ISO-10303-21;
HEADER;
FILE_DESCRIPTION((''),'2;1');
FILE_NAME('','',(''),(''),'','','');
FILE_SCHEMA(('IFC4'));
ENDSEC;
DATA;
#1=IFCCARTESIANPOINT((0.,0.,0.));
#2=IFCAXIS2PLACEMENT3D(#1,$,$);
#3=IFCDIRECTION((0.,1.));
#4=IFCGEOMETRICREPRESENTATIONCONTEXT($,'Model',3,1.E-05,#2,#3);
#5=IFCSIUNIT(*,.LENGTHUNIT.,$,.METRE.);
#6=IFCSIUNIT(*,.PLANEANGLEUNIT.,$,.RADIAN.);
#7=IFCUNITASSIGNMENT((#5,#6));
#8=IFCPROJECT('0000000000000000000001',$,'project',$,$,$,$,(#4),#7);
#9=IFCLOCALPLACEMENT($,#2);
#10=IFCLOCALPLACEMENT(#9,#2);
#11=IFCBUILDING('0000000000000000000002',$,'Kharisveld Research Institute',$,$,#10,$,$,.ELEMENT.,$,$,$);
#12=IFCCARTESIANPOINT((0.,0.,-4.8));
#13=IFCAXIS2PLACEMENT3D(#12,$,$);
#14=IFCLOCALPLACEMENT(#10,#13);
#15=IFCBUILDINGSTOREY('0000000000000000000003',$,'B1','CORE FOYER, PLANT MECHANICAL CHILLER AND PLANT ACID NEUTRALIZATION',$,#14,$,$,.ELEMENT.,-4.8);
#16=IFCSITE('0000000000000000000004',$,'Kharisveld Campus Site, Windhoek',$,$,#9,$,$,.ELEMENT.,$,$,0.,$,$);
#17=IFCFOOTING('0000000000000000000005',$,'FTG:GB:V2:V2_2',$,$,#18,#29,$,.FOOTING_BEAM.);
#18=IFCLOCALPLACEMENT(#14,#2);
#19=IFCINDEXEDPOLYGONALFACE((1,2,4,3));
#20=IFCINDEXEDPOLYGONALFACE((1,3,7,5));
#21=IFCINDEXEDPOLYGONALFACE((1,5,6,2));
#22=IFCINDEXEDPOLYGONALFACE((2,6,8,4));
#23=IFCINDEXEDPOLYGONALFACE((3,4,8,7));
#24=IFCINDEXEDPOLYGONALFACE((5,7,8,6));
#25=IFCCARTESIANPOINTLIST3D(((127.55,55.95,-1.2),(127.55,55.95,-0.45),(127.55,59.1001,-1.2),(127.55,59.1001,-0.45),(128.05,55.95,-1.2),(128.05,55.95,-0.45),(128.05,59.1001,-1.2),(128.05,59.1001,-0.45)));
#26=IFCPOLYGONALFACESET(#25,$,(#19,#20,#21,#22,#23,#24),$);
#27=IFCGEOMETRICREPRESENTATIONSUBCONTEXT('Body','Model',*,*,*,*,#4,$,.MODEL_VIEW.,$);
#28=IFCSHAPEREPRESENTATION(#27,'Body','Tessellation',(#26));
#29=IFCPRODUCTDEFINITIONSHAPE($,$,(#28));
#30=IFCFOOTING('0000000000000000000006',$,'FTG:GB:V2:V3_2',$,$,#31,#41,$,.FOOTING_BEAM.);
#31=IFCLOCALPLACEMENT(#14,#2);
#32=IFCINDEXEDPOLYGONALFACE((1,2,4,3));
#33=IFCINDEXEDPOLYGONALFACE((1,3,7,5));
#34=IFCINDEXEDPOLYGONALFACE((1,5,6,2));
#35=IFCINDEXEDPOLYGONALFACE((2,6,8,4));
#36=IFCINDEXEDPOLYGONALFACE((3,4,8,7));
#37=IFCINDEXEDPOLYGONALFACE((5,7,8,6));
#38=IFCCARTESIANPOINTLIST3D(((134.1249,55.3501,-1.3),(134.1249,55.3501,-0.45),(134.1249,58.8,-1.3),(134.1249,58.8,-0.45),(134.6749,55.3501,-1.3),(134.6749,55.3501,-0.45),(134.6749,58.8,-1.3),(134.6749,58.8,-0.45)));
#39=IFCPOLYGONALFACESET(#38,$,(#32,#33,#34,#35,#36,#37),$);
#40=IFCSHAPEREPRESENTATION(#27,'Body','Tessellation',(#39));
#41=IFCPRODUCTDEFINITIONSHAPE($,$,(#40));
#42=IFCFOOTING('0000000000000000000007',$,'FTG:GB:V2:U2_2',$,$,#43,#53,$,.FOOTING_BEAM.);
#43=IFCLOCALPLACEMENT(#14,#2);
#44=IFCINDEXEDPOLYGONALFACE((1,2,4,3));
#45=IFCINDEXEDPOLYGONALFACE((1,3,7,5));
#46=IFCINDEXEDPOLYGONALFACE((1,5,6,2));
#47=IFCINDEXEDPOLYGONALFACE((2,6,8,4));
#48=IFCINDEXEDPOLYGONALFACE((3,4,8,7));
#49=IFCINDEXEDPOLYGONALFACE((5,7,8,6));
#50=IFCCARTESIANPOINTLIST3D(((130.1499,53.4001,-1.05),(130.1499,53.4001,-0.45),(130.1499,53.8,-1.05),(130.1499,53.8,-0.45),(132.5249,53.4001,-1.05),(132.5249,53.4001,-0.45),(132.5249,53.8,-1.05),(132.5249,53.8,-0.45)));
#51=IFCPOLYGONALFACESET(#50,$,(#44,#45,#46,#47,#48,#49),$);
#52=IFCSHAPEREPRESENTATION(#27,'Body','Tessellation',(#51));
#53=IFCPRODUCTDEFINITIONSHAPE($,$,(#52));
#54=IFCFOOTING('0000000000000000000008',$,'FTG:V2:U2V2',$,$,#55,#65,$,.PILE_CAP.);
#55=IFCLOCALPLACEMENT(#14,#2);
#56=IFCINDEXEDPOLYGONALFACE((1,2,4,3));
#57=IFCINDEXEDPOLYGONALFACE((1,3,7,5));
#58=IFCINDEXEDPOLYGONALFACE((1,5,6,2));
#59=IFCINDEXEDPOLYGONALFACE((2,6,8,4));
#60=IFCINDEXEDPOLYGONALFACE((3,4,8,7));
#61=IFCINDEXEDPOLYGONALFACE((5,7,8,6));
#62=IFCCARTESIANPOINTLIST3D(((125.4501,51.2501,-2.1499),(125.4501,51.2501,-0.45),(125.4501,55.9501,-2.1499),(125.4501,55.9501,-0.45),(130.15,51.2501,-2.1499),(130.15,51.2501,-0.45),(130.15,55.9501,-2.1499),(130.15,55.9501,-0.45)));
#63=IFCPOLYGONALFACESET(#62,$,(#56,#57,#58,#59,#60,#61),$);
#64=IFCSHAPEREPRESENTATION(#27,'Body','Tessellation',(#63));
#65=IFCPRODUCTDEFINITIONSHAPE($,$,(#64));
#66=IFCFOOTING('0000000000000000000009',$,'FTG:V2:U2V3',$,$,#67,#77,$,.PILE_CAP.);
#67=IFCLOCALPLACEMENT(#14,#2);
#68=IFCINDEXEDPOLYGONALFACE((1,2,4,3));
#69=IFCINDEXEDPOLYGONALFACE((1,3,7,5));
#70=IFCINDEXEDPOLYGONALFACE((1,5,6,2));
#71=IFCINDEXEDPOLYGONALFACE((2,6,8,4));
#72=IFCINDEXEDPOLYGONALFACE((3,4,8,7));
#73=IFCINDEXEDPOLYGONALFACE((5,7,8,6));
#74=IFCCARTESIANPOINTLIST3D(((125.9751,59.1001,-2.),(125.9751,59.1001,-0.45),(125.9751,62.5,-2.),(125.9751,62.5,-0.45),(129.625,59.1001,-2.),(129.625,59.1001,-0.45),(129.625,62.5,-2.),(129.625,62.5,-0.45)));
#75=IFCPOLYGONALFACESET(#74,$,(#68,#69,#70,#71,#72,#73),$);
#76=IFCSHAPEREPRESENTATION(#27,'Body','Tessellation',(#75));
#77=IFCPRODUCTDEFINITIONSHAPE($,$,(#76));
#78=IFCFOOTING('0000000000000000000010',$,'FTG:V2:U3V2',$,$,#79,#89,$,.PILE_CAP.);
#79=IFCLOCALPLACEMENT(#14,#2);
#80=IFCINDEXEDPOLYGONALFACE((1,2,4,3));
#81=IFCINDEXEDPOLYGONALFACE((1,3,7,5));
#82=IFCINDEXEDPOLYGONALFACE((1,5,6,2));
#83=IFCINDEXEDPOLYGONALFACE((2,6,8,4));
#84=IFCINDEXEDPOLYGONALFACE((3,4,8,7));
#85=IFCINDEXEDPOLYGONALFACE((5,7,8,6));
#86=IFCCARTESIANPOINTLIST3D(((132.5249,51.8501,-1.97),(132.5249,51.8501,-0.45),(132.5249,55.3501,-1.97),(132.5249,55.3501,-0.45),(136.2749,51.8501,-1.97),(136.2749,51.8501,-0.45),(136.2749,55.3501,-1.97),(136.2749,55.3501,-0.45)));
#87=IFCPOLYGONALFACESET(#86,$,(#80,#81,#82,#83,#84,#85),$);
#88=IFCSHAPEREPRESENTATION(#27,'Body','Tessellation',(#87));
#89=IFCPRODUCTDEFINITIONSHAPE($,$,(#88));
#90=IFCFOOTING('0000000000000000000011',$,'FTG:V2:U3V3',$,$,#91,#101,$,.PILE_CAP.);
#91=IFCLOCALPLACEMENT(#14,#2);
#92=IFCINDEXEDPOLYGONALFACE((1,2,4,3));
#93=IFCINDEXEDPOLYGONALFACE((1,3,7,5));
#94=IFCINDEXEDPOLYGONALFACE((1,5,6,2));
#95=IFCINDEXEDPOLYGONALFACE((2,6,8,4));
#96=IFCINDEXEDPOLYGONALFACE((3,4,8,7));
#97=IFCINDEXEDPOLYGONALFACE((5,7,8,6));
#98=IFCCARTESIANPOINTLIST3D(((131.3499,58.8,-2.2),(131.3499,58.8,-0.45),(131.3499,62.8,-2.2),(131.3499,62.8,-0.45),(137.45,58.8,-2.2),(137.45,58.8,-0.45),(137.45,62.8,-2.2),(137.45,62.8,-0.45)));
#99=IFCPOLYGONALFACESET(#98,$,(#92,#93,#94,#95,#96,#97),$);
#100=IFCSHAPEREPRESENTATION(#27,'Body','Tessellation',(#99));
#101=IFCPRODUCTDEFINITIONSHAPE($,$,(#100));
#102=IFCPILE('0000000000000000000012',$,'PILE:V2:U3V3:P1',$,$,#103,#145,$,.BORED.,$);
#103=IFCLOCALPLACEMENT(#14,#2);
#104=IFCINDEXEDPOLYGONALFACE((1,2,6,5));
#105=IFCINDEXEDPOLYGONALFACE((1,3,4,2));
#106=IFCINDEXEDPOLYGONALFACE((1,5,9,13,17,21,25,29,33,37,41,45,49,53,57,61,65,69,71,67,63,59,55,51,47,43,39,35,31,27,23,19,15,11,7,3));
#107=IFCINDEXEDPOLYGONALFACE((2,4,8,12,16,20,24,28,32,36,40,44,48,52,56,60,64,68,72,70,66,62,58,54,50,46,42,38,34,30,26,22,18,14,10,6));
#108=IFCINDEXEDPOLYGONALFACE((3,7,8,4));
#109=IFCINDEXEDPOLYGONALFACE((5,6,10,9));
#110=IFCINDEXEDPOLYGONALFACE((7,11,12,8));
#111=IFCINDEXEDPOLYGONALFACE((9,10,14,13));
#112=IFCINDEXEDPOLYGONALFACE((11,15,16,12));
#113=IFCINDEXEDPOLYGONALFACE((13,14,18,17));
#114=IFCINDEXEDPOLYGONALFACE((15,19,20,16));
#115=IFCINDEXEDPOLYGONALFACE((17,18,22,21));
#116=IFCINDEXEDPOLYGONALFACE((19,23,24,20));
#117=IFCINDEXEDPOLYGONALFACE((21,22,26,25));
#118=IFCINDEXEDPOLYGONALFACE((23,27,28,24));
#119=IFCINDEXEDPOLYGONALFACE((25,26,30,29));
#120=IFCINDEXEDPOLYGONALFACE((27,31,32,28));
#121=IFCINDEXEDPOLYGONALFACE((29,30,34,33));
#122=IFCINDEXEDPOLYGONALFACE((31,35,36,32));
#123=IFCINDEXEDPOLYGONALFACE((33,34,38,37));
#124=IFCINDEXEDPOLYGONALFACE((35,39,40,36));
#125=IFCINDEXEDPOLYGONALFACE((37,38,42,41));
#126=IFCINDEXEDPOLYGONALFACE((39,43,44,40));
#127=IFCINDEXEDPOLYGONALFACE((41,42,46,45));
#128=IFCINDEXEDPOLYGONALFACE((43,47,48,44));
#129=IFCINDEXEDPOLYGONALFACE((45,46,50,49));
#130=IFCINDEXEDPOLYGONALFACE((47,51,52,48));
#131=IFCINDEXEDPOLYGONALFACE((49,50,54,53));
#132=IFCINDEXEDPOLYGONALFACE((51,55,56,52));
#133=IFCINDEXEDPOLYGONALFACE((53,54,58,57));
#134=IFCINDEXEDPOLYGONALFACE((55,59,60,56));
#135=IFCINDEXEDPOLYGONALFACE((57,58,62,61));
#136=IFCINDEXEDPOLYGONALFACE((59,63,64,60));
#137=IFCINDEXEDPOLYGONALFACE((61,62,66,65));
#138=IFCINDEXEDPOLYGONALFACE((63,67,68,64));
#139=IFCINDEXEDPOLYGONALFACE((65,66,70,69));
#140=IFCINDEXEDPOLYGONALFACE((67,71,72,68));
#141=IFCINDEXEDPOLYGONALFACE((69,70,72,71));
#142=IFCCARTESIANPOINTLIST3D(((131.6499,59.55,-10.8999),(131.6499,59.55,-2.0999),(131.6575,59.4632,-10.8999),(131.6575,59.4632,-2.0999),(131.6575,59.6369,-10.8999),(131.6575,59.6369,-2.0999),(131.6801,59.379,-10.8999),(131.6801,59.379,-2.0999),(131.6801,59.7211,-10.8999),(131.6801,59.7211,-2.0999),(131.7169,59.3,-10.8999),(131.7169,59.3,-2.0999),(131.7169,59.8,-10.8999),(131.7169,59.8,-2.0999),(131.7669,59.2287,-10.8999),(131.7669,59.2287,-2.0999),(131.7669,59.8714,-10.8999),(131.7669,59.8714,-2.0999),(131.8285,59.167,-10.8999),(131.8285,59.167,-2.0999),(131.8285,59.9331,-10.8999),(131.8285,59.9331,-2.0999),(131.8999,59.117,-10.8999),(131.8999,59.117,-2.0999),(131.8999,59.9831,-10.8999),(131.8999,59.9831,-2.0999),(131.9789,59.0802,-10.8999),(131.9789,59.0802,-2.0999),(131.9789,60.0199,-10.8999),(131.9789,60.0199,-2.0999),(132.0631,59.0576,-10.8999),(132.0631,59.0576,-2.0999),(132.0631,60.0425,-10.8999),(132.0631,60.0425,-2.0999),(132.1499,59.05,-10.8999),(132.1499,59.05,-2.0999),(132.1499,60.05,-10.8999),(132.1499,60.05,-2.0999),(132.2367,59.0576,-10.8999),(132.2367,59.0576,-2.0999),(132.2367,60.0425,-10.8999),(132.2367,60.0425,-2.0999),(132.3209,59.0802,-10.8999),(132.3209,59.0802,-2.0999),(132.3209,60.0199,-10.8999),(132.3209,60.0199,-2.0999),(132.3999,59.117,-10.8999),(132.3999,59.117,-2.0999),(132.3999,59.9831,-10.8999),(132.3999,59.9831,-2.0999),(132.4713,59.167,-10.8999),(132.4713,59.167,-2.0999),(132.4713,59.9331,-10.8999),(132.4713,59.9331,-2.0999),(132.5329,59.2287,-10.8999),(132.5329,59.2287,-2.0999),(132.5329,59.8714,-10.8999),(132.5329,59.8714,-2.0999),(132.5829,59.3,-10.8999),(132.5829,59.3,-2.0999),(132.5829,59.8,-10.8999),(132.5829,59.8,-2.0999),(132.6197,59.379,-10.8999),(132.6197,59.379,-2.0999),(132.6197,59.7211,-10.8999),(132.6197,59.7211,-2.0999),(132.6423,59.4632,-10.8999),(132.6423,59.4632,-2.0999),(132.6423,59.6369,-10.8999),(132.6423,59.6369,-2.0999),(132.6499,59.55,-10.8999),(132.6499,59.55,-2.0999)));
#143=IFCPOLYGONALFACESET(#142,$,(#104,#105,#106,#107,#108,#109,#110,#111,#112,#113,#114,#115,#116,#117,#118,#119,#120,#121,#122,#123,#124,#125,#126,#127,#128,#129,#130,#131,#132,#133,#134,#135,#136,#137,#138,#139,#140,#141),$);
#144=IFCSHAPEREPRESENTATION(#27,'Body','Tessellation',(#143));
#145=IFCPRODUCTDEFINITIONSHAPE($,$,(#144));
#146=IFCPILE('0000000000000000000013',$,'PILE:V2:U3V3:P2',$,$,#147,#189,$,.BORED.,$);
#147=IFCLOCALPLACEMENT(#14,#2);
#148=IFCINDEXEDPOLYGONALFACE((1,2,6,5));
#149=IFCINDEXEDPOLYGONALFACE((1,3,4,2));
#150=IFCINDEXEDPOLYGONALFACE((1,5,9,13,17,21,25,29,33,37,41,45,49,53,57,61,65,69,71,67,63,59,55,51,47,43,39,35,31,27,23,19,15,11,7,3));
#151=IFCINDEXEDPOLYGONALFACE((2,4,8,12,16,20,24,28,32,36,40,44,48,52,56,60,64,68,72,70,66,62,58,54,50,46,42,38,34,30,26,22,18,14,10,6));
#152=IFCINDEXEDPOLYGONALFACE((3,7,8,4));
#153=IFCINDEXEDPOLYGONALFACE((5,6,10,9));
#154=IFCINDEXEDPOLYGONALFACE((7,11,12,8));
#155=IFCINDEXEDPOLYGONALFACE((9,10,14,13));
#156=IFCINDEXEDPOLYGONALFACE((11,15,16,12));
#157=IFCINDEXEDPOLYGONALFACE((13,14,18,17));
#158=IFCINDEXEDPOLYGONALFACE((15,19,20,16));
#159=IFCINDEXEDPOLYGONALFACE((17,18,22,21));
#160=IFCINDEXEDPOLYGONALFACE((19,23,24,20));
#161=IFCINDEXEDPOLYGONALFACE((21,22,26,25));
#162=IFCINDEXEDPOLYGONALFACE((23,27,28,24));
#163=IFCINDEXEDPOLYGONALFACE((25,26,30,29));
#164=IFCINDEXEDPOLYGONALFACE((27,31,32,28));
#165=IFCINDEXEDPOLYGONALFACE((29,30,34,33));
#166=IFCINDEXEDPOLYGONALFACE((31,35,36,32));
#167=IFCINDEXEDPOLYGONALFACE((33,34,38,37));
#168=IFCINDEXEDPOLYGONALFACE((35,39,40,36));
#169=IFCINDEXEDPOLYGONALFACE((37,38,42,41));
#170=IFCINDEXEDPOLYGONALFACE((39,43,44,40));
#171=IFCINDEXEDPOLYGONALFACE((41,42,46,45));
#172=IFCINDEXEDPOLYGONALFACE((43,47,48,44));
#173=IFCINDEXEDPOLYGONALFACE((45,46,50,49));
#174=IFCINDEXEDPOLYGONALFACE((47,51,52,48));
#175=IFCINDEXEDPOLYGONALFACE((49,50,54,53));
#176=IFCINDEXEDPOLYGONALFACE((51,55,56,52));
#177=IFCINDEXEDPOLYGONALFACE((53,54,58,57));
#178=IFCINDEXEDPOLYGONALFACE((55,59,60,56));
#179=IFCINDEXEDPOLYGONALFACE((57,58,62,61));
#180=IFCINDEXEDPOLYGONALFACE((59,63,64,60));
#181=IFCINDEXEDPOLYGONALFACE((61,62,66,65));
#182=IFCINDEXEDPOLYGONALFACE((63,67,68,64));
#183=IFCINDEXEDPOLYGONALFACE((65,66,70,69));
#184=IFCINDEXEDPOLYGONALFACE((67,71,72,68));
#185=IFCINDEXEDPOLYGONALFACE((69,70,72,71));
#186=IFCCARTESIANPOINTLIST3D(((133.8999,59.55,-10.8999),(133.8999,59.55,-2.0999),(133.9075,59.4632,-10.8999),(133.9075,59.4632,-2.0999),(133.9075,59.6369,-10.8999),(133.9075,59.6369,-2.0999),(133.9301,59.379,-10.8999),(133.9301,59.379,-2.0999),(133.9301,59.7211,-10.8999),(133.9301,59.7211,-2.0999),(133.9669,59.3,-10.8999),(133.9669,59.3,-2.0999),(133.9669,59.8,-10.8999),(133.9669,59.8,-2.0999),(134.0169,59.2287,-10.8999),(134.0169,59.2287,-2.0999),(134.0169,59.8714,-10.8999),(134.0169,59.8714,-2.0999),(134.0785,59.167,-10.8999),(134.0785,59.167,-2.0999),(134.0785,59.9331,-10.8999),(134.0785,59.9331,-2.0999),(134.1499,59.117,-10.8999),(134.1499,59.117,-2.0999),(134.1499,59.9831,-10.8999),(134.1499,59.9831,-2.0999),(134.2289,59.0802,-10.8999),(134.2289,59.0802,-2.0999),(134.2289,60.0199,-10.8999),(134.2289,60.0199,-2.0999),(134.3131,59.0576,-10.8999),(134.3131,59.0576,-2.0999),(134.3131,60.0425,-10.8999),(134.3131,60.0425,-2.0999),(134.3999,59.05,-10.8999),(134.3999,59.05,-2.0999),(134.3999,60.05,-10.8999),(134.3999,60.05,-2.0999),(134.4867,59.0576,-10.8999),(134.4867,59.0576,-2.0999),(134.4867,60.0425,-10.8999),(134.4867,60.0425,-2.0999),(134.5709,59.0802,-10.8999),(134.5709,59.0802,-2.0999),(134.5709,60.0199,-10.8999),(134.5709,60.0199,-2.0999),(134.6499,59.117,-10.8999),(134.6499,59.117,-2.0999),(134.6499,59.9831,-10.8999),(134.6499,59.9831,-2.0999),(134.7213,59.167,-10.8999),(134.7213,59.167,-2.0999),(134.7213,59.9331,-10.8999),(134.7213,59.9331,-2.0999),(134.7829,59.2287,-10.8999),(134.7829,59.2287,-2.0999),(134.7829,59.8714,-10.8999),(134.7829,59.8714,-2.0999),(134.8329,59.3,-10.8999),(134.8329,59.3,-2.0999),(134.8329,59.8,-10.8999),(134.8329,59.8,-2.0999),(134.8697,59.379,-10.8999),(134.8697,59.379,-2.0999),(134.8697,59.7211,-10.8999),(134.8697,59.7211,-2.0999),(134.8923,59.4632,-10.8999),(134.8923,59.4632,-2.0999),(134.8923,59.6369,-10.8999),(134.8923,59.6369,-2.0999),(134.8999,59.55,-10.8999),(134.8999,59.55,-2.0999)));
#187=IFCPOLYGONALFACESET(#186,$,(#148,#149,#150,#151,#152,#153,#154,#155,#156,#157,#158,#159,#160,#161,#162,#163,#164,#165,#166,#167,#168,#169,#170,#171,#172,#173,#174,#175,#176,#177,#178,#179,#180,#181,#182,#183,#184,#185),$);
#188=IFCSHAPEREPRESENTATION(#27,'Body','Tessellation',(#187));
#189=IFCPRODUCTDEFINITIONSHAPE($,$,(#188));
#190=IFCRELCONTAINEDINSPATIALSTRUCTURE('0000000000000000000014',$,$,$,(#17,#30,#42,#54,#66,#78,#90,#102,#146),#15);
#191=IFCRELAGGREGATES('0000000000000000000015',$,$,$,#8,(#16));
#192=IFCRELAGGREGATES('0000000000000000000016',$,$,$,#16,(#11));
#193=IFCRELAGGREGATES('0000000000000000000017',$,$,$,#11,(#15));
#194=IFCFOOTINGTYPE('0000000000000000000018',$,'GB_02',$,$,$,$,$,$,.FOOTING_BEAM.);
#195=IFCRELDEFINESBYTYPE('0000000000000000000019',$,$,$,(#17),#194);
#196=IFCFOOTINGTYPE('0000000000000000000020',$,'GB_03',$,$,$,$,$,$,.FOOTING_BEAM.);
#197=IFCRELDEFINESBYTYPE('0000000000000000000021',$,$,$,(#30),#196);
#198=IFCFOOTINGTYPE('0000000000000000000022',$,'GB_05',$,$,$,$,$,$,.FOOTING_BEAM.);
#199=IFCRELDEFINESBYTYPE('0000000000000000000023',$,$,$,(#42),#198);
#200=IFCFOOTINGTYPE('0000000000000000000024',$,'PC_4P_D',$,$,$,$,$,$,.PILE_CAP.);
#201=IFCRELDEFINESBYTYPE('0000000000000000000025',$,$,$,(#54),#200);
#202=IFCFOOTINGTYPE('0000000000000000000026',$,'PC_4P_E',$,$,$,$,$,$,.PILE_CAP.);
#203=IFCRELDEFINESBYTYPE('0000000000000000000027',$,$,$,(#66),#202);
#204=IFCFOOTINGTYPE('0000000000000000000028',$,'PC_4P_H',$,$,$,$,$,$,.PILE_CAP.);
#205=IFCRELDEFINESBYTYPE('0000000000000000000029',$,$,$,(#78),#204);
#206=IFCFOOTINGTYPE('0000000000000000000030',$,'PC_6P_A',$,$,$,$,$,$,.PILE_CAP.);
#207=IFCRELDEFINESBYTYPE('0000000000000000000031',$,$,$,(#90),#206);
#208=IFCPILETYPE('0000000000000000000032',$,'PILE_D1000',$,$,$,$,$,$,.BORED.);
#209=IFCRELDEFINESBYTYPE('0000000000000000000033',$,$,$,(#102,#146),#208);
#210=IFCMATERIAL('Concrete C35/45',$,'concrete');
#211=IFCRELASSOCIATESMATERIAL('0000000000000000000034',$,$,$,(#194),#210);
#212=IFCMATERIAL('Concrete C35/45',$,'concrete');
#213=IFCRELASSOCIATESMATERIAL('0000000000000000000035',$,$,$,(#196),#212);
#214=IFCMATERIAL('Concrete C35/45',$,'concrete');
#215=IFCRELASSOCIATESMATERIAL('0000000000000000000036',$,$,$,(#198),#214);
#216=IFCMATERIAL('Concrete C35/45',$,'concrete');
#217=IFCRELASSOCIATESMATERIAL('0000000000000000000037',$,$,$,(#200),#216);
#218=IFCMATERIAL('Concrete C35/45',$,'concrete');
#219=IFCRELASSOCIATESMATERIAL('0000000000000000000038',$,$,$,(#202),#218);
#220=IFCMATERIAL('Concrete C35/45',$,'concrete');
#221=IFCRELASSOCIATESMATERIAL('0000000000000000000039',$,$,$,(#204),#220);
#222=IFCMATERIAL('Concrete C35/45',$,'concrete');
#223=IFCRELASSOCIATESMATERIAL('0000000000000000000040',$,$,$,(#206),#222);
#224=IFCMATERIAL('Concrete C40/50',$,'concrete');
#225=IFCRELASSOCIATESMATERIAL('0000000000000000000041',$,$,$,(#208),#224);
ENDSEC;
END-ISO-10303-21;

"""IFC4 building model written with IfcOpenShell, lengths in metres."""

from ifc_helpers import new_model, si_unit, direction, frame, origin, origin_2d, place, context, subcontext, project, spatial, rectangle, circle, extrude, material, material_profile, profile_set, type_object, element, save


model = new_model("IFC4")

# Units and contexts
model_context = context("Model", 3, precision=1e-05, world=origin(), true_north=direction((0.0, 1.0)))
body_context = subcontext(model_context, "Body", "Model", "MODEL_VIEW")
ifc_project = project(units=[si_unit("LENGTHUNIT", "METRE"), si_unit("PLANEANGLEUNIT", "RADIAN")], contexts=[model_context])

# Site, building, storey
site_placement = place(None, origin())
site = spatial("IfcSite", under=ifc_project, at=site_placement, Name="Kharisveld Campus Site, Windhoek", CompositionType="ELEMENT", RefElevation=0.0)
building_placement = place(site_placement, origin())
building = spatial("IfcBuilding", under=site, at=building_placement, Name="Kharisveld Research Institute", CompositionType="ELEMENT")
storey_placement = place(building_placement, frame((0.0, 0.0, -4.8)))
storey = spatial("IfcBuildingStorey", under=building, at=storey_placement, Name="B1", Description="CORE FOYER, PLANT MECHANICAL CHILLER AND PLANT ACID NEUTRALIZATION", CompositionType="ELEMENT", Elevation=-4.8)

# Footings
ifc_material_1 = material(Name="Concrete C35/45", Category="concrete")
ifc_material_profile_1 = material_profile(ifc_material_1, rectangle(XDim=0.5, YDim=0.75, at=origin_2d()))
ifc_profile_set_1 = profile_set([ifc_material_profile_1], Name="Concrete C35/45")
footing_type_1 = type_object("IfcFootingType", Name="GB_02", PredefinedType="FOOTING_BEAM", material=ifc_profile_set_1)
footing_1_placement = place(storey_placement, frame((127.8, 55.95, -0.825), z_axis=(0.0, 1.0, 0.0), x_axis=(-1.0, 0.0, 0.0)))
element("IfcFooting", 1, at=footing_1_placement, inside=storey, type_object=footing_type_1, Name="FTG:GB:V2:V2_2", PredefinedType="FOOTING_BEAM", context=body_context, shape_type="SweptSolid", body=[
    extrude(rectangle(XDim=0.5, YDim=0.75, at=origin_2d()), origin(), (0.0, 0.0, 1.0), 3.1501),
])
ifc_material_2 = material(Name="Concrete C35/45", Category="concrete")
ifc_material_profile_2 = material_profile(ifc_material_2, rectangle(XDim=0.55, YDim=0.8501, at=origin_2d()))
ifc_profile_set_2 = profile_set([ifc_material_profile_2], Name="Concrete C35/45")
footing_type_2 = type_object("IfcFootingType", Name="GB_03", PredefinedType="FOOTING_BEAM", material=ifc_profile_set_2)
footing_2_placement = place(storey_placement, frame((134.3999, 55.3501, -0.875), z_axis=(0.0, 1.0, 0.0), x_axis=(-1.0, 0.0, 0.0)))
element("IfcFooting", 2, at=footing_2_placement, inside=storey, type_object=footing_type_2, Name="FTG:GB:V2:V3_2", PredefinedType="FOOTING_BEAM", context=body_context, shape_type="SweptSolid", body=[
    extrude(rectangle(XDim=0.55, YDim=0.8501, at=origin_2d()), origin(), (0.0, 0.0, 1.0), 3.45),
])
ifc_material_3 = material(Name="Concrete C35/45", Category="concrete")
ifc_material_profile_3 = material_profile(ifc_material_3, rectangle(XDim=0.3999, YDim=0.6001, at=origin_2d()))
ifc_profile_set_3 = profile_set([ifc_material_profile_3], Name="Concrete C35/45")
footing_type_3 = type_object("IfcFootingType", Name="GB_05", PredefinedType="FOOTING_BEAM", material=ifc_profile_set_3)
footing_3_placement = place(storey_placement, frame((130.1499, 53.6001, -0.75), z_axis=(1.0, 0.0, 0.0), x_axis=(0.0, 1.0, 0.0)))
element("IfcFooting", 3, at=footing_3_placement, inside=storey, type_object=footing_type_3, Name="FTG:GB:V2:U2_2", PredefinedType="FOOTING_BEAM", context=body_context, shape_type="SweptSolid", body=[
    extrude(rectangle(XDim=0.3999, YDim=0.6001, at=origin_2d()), origin(), (0.0, 0.0, 1.0), 2.375),
])
ifc_material_4 = material(Name="Concrete C35/45", Category="concrete")
footing_type_4 = type_object("IfcFootingType", Name="PC_4P_D", PredefinedType="PILE_CAP", material=ifc_material_4)
footing_4_placement = place(storey_placement, frame((127.8, 53.6001, -2.1499), z_axis=(0.0, 0.0, 1.0), x_axis=(1.0, 0.0, 0.0)))
element("IfcFooting", 4, at=footing_4_placement, inside=storey, type_object=footing_type_4, Name="FTG:V2:U2V2", PredefinedType="PILE_CAP", context=body_context, shape_type="SweptSolid", body=[
    extrude(rectangle(XDim=4.7, YDim=4.7, at=origin_2d()), origin(), (0.0, 0.0, 1.0), 1.7),
])
ifc_material_5 = material(Name="Concrete C35/45", Category="concrete")
footing_type_5 = type_object("IfcFootingType", Name="PC_4P_E", PredefinedType="PILE_CAP", material=ifc_material_5)
footing_5_placement = place(storey_placement, frame((127.8, 60.8, -2.0), z_axis=(0.0, 0.0, 1.0), x_axis=(1.0, 0.0, 0.0)))
element("IfcFooting", 5, at=footing_5_placement, inside=storey, type_object=footing_type_5, Name="FTG:V2:U2V3", PredefinedType="PILE_CAP", context=body_context, shape_type="SweptSolid", body=[
    extrude(rectangle(XDim=3.6499, YDim=3.3999, at=origin_2d()), origin(), (0.0, 0.0, 1.0), 1.55),
])
ifc_material_6 = material(Name="Concrete C35/45", Category="concrete")
footing_type_6 = type_object("IfcFootingType", Name="PC_4P_H", PredefinedType="PILE_CAP", material=ifc_material_6)
footing_6_placement = place(storey_placement, frame((134.3999, 53.6001, -1.97), z_axis=(0.0, 0.0, 1.0), x_axis=(1.0, 0.0, 0.0)))
element("IfcFooting", 6, at=footing_6_placement, inside=storey, type_object=footing_type_6, Name="FTG:V2:U3V2", PredefinedType="PILE_CAP", context=body_context, shape_type="SweptSolid", body=[
    extrude(rectangle(XDim=3.75, YDim=3.5, at=origin_2d()), origin(), (0.0, 0.0, 1.0), 1.52),
])
ifc_material_7 = material(Name="Concrete C35/45", Category="concrete")
footing_type_7 = type_object("IfcFootingType", Name="PC_6P_A", PredefinedType="PILE_CAP", material=ifc_material_7)
footing_7_placement = place(storey_placement, frame((134.3999, 60.8, -2.2), z_axis=(0.0, 0.0, 1.0), x_axis=(1.0, 0.0, 0.0)))
element("IfcFooting", 7, at=footing_7_placement, inside=storey, type_object=footing_type_7, Name="FTG:V2:U3V3", PredefinedType="PILE_CAP", context=body_context, shape_type="SweptSolid", body=[
    extrude(rectangle(XDim=6.1001, YDim=4.0, at=origin_2d()), origin(), (0.0, 0.0, 1.0), 1.75),
])

# Piles
ifc_material_8 = material(Name="Concrete C40/50", Category="concrete")
ifc_material_profile_4 = material_profile(ifc_material_8, circle(Radius=0.5, at=origin_2d()))
ifc_profile_set_4 = profile_set([ifc_material_profile_4], Name="Concrete C40/50")
pile_type_1 = type_object("IfcPileType", Name="PILE_D1000", PredefinedType="BORED", material=ifc_profile_set_4)
for number, where, z_axis, x_axis, name in (
    (8, (132.1499, 59.55, -2.0999), (0.0, 0.0, -1.0), (1.0, 0.0, 0.0), "PILE:V2:U3V3:P1"),
    (9, (134.3999, 59.55, -2.0999), (0.0, 0.0, -1.0), (1.0, 0.0, 0.0), "PILE:V2:U3V3:P2"),
):
    element("IfcPile", number, at=place(storey_placement, frame(where, z_axis=z_axis, x_axis=x_axis)), inside=storey, type_object=pile_type_1, Name=name, PredefinedType="BORED", context=body_context, shape_type="SweptSolid", body=[
        extrude(circle(Radius=0.5, at=origin_2d()), origin(), (0.0, 0.0, 1.0), 8.8),
    ])

save(model, "model.ifc")
